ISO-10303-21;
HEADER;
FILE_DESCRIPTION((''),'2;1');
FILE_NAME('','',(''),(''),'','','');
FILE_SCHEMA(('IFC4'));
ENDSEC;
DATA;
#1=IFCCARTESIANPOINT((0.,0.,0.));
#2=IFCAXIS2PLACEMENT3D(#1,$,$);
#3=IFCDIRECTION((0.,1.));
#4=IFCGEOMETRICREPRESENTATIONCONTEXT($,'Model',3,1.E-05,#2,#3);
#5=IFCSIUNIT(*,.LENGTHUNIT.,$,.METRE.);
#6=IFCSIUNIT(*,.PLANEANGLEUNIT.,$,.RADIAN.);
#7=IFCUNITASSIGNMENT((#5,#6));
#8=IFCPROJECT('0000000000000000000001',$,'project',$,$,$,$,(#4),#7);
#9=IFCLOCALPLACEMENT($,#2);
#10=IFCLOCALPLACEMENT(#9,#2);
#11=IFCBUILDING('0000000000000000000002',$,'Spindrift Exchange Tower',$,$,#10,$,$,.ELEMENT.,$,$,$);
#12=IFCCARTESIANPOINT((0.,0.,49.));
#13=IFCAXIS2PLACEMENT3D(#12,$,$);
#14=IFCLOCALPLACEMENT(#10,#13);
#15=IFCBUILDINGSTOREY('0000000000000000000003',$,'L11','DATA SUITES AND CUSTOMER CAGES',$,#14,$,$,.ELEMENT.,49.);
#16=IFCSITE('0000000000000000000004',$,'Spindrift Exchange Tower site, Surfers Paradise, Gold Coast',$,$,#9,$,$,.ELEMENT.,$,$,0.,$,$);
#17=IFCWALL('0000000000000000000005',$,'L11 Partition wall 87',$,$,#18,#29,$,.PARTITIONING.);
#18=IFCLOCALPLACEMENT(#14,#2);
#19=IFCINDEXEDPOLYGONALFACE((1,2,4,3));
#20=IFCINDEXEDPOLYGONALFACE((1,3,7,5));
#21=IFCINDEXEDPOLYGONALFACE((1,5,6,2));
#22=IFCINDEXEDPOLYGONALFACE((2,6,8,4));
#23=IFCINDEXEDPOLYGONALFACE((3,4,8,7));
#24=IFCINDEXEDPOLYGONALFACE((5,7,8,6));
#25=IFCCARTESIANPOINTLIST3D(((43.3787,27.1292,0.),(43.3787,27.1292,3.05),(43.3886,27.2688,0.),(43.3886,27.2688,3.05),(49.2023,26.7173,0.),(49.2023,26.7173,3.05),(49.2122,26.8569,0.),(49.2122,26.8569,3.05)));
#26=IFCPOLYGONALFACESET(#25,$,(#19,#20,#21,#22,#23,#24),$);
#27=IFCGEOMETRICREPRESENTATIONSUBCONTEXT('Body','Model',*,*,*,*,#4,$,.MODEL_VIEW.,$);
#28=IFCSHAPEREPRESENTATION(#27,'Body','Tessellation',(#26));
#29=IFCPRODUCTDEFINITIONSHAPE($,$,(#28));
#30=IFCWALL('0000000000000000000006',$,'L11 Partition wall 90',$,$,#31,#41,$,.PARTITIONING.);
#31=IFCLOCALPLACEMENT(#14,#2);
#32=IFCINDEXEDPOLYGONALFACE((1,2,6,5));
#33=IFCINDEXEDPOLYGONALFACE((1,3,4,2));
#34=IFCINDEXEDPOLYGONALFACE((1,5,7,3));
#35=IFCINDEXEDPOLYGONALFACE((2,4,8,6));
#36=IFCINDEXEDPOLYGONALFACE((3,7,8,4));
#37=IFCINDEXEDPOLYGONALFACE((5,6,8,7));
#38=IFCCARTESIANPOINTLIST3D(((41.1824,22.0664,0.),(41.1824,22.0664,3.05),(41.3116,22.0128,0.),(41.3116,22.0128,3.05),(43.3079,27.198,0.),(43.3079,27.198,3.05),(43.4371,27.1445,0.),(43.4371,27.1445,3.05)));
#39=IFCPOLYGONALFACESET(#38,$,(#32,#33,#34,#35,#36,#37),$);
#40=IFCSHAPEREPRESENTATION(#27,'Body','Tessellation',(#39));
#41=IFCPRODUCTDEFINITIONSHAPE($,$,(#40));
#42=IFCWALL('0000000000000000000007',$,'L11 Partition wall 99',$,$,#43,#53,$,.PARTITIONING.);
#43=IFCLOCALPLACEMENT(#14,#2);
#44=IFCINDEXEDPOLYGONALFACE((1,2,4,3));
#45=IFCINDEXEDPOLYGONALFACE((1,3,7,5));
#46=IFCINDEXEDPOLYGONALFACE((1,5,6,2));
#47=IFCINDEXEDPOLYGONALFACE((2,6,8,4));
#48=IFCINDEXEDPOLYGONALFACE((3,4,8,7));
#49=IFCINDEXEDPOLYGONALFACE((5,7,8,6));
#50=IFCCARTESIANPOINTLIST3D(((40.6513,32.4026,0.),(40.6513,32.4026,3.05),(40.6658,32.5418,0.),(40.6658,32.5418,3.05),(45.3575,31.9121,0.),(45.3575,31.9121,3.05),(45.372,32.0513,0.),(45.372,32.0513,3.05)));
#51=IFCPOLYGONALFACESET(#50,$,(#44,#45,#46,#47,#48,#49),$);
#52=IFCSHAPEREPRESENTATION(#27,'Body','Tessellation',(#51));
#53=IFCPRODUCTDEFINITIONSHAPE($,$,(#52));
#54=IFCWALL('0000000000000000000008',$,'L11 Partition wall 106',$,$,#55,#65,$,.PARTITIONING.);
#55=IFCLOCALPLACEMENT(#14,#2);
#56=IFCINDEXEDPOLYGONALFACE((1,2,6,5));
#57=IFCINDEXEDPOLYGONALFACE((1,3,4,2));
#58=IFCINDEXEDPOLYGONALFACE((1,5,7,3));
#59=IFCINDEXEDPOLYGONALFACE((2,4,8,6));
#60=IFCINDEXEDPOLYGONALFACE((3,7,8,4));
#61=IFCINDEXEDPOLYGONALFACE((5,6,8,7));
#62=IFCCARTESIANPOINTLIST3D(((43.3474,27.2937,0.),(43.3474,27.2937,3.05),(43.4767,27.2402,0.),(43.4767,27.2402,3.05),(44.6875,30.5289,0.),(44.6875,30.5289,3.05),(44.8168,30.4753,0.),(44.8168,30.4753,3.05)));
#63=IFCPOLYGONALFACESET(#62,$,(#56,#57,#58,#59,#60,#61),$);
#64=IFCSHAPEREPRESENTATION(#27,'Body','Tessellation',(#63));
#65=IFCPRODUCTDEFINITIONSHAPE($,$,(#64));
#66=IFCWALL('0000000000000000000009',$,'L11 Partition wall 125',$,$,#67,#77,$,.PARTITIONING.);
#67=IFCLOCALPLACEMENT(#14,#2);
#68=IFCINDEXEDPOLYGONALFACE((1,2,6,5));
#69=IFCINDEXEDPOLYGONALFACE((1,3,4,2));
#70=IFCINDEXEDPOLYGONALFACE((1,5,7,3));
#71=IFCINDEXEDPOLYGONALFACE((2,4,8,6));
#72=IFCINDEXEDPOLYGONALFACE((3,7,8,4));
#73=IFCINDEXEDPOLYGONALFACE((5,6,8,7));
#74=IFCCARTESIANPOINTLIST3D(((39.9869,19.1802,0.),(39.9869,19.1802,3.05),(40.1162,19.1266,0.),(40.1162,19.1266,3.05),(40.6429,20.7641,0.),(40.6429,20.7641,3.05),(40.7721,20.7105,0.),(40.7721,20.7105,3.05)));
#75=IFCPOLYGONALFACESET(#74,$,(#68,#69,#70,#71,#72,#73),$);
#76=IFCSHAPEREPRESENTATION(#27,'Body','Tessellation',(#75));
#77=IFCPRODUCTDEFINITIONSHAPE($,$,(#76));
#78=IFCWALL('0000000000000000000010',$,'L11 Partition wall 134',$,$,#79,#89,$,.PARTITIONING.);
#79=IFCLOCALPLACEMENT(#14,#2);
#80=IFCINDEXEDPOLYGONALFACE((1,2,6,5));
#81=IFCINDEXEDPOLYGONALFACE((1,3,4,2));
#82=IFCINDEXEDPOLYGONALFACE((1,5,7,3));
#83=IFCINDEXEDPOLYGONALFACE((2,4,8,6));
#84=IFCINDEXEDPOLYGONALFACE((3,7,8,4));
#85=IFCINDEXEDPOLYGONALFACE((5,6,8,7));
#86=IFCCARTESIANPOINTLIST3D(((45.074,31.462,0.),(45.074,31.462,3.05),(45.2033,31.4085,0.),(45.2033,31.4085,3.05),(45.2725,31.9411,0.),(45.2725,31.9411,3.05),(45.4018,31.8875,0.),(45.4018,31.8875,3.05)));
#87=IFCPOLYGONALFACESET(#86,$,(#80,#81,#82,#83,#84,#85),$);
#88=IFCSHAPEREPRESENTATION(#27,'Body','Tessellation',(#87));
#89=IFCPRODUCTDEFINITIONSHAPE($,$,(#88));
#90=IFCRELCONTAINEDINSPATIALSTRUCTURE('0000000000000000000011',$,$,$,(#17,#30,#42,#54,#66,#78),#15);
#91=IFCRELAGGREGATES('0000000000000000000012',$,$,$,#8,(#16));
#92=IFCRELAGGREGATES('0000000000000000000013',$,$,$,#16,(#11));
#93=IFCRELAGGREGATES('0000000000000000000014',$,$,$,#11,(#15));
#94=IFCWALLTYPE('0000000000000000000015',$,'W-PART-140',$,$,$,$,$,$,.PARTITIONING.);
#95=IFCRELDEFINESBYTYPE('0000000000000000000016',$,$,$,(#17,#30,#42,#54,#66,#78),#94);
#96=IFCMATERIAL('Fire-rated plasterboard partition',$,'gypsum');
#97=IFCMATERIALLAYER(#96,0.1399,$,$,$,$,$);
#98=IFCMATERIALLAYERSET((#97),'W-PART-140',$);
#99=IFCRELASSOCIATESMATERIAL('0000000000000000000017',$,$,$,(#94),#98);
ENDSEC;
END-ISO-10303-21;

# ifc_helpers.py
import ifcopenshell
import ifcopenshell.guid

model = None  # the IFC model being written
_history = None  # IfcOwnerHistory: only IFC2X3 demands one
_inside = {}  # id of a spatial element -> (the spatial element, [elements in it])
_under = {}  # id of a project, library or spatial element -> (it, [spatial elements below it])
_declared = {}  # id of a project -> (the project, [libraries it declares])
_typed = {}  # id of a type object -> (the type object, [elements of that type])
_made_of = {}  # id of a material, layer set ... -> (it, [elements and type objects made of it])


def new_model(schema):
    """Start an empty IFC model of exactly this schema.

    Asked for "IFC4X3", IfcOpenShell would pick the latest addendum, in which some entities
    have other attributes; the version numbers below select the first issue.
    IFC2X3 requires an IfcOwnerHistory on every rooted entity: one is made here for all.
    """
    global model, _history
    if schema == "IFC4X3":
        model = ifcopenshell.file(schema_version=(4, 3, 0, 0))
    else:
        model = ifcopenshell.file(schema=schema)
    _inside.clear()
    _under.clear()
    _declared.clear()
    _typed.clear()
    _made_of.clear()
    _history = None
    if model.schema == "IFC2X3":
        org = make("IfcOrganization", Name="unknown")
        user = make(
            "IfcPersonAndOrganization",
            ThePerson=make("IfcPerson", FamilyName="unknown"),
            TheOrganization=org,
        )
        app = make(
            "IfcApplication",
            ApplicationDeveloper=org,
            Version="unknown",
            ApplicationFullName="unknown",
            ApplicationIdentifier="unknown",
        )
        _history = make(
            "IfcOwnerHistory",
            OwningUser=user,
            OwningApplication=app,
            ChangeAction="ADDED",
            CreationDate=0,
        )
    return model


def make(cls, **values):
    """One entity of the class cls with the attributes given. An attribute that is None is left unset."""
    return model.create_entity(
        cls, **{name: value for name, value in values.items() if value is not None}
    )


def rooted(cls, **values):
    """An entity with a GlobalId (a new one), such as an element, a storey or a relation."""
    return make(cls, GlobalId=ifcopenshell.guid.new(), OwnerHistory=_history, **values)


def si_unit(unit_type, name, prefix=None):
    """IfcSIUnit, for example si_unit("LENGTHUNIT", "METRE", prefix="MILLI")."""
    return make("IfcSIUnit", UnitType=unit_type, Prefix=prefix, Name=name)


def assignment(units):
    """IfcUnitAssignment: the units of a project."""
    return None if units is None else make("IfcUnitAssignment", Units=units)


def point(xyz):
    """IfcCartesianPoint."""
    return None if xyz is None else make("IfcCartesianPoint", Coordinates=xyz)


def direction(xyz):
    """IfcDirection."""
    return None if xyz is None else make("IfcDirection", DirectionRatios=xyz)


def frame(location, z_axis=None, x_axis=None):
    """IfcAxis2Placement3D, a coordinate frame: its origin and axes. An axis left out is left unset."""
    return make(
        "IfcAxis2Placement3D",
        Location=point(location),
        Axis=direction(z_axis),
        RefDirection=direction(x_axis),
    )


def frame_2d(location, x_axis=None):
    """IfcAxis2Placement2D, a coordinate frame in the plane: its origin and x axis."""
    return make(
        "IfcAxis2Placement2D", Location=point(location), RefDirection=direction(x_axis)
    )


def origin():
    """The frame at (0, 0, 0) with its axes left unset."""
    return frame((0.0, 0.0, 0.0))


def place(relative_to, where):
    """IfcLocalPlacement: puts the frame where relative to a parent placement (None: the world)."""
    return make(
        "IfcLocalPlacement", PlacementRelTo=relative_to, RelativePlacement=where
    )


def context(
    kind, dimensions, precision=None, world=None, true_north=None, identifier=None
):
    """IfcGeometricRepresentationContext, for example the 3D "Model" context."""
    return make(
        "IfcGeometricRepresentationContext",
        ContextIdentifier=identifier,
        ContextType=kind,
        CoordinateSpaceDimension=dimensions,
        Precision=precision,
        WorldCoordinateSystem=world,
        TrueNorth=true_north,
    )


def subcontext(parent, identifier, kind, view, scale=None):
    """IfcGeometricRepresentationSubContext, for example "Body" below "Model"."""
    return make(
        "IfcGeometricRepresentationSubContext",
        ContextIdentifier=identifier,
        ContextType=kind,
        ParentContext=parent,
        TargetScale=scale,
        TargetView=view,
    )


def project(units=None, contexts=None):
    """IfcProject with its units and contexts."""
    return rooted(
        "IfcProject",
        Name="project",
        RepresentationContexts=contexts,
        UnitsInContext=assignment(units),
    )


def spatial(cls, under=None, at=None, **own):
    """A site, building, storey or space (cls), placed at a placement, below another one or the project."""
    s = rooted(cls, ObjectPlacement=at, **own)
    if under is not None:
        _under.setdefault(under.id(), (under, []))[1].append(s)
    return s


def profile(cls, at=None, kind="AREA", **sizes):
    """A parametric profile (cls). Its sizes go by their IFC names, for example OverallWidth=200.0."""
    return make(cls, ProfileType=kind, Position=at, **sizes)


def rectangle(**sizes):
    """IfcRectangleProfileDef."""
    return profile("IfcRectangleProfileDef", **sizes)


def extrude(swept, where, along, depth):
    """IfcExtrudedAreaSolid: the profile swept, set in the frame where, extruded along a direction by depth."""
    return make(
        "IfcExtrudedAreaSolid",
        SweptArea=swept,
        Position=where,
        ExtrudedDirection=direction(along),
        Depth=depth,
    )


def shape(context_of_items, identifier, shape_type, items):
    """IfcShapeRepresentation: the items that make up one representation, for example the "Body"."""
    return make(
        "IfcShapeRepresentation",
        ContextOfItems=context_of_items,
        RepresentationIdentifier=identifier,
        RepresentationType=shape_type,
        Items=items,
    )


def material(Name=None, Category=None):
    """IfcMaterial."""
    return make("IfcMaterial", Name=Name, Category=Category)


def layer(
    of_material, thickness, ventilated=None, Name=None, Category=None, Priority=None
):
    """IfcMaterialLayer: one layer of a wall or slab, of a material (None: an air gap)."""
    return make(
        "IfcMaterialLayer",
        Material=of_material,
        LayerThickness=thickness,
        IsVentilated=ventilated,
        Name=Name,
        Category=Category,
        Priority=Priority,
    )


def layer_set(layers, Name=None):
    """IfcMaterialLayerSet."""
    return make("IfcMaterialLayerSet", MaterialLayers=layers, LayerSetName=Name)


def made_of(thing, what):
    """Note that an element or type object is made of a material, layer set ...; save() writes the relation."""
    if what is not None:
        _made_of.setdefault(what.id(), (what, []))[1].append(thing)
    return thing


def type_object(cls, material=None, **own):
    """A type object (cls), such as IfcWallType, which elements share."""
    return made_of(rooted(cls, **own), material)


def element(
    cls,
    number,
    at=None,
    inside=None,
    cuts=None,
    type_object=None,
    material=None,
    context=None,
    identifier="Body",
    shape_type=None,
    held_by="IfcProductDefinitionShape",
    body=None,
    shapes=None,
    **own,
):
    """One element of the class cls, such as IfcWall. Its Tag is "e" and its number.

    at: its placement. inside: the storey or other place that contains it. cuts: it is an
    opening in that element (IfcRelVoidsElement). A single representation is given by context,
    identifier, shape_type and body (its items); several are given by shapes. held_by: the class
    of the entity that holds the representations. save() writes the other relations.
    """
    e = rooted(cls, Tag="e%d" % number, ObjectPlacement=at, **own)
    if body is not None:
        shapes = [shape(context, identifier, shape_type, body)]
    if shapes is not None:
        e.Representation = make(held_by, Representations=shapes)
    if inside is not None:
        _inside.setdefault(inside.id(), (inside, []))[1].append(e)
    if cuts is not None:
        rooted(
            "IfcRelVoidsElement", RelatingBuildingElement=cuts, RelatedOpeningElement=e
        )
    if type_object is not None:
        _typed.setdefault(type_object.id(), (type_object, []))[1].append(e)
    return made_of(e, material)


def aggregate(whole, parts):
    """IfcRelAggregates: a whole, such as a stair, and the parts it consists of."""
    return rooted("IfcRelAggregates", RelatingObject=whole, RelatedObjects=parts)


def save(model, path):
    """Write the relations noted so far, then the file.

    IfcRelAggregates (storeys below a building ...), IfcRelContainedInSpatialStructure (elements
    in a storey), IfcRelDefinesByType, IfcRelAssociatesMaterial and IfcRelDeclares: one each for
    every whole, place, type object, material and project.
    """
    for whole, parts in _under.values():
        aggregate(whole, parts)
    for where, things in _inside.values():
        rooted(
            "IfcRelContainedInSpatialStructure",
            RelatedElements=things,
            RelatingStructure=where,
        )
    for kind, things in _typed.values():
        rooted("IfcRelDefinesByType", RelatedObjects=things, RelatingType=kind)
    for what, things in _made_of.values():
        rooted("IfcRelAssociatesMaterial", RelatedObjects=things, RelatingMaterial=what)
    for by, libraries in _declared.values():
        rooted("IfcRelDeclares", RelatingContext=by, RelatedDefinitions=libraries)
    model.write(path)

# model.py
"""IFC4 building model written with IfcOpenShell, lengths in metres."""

from ifc_helpers import new_model, si_unit, direction, frame, frame_2d, origin, place, context, subcontext, project, spatial, rectangle, extrude, material, layer, layer_set, type_object, element, save


model = new_model("IFC4")

# Units and contexts
model_context = context("Model", 3, precision=1e-05, world=origin(), true_north=direction((0.0, 1.0)))
body_context = subcontext(model_context, "Body", "Model", "MODEL_VIEW")
ifc_project = project(units=[si_unit("LENGTHUNIT", "METRE"), si_unit("PLANEANGLEUNIT", "RADIAN")], contexts=[model_context])

# Site, building, storey
site_placement = place(None, origin())
site = spatial("IfcSite", under=ifc_project, at=site_placement, Name="Spindrift Exchange Tower site, Surfers Paradise, Gold Coast", CompositionType="ELEMENT", RefElevation=0.0)
building_placement = place(site_placement, origin())
building = spatial("IfcBuilding", under=site, at=building_placement, Name="Spindrift Exchange Tower", CompositionType="ELEMENT")
storey_placement = place(building_placement, frame((0.0, 0.0, 49.0)))
storey = spatial("IfcBuildingStorey", under=building, at=storey_placement, Name="L11", Description="DATA SUITES AND CUSTOMER CAGES", CompositionType="ELEMENT", Elevation=49.0)

# Walls
ifc_material_1 = material(Name="Fire-rated plasterboard partition", Category="gypsum")
ifc_layer_1 = layer(ifc_material_1, 0.1399)
ifc_layer_set_1 = layer_set([ifc_layer_1], Name="W-PART-140")
wall_type = type_object("IfcWallType", Name="W-PART-140", PredefinedType="PARTITIONING", material=ifc_layer_set_1)
wall_1_placement = place(storey_placement, frame((43.3838, 27.199, 0.0), z_axis=(0.0, 0.0, 1.0), x_axis=(0.997508, -0.070549, 0.0)))
element("IfcWall", 1, at=wall_1_placement, inside=storey, type_object=wall_type, Name="L11 Partition wall 87", PredefinedType="PARTITIONING", context=body_context, shape_type="SweptSolid", body=[
    extrude(rectangle(XDim=5.8381, YDim=0.1399, at=frame_2d((2.9189, 0.0))), origin(), (0.0, 0.0, 1.0), 3.05),
])
wall_2_placement = place(storey_placement, frame((43.3726, 27.1714, 0.0), z_axis=(0.0, 0.0, 1.0), x_axis=(-0.38267, -0.923885, 0.0)))
element("IfcWall", 2, at=wall_2_placement, inside=storey, type_object=wall_type, Name="L11 Partition wall 90", PredefinedType="PARTITIONING", context=body_context, shape_type="SweptSolid", body=[
    extrude(rectangle(XDim=5.5544, YDim=0.1399, at=frame_2d((2.7773, 0.0))), origin(), (0.0, 0.0, 1.0), 3.05),
])
wall_3_placement = place(storey_placement, frame((40.6587, 32.4722, 0.0), z_axis=(0.0, 0.0, 1.0), x_axis=(0.994613, -0.103656, 0.0)))
element("IfcWall", 3, at=wall_3_placement, inside=storey, type_object=wall_type, Name="L11 Partition wall 99", PredefinedType="PARTITIONING", context=body_context, shape_type="SweptSolid", body=[
    extrude(rectangle(XDim=4.7317, YDim=0.1399, at=frame_2d((2.3657, 0.0))), origin(), (0.0, 0.0, 1.0), 3.05),
])
wall_4_placement = place(storey_placement, frame((44.7522, 30.5022, 0.0), z_axis=(0.0, 0.0, 1.0), x_axis=(-0.382699, -0.923873, 0.0)))
element("IfcWall", 4, at=wall_4_placement, inside=storey, type_object=wall_type, Name="L11 Partition wall 106", PredefinedType="PARTITIONING", context=body_context, shape_type="SweptSolid", body=[
    extrude(rectangle(XDim=3.5017, YDim=0.1399, at=frame_2d((1.751, 0.0))), origin(), (0.0, 0.0, 1.0), 3.05),
])
wall_5_placement = place(storey_placement, frame((40.7075, 20.7373, 0.0), z_axis=(0.0, 0.0, 1.0), x_axis=(-0.382633, -0.923901, 0.0)))
element("IfcWall", 5, at=wall_5_placement, inside=storey, type_object=wall_type, Name="L11 Partition wall 125", PredefinedType="PARTITIONING", context=body_context, shape_type="SweptSolid", body=[
    extrude(rectangle(XDim=1.7144, YDim=0.1399, at=frame_2d((0.8572, 0.0))), origin(), (0.0, 0.0, 1.0), 3.05),
])
wall_6_placement = place(storey_placement, frame((45.3372, 31.9143, 0.0), z_axis=(0.0, 0.0, 1.0), x_axis=(-0.382809, -0.923827, 0.0)))
element("IfcWall", 6, at=wall_6_placement, inside=storey, type_object=wall_type, Name="L11 Partition wall 134", PredefinedType="PARTITIONING", context=body_context, shape_type="SweptSolid", body=[
    extrude(rectangle(XDim=0.5186, YDim=0.1399, at=frame_2d((0.2593, 0.0))), origin(), (0.0, 0.0, 1.0), 3.05),
])

save(model, "model.ifc")
